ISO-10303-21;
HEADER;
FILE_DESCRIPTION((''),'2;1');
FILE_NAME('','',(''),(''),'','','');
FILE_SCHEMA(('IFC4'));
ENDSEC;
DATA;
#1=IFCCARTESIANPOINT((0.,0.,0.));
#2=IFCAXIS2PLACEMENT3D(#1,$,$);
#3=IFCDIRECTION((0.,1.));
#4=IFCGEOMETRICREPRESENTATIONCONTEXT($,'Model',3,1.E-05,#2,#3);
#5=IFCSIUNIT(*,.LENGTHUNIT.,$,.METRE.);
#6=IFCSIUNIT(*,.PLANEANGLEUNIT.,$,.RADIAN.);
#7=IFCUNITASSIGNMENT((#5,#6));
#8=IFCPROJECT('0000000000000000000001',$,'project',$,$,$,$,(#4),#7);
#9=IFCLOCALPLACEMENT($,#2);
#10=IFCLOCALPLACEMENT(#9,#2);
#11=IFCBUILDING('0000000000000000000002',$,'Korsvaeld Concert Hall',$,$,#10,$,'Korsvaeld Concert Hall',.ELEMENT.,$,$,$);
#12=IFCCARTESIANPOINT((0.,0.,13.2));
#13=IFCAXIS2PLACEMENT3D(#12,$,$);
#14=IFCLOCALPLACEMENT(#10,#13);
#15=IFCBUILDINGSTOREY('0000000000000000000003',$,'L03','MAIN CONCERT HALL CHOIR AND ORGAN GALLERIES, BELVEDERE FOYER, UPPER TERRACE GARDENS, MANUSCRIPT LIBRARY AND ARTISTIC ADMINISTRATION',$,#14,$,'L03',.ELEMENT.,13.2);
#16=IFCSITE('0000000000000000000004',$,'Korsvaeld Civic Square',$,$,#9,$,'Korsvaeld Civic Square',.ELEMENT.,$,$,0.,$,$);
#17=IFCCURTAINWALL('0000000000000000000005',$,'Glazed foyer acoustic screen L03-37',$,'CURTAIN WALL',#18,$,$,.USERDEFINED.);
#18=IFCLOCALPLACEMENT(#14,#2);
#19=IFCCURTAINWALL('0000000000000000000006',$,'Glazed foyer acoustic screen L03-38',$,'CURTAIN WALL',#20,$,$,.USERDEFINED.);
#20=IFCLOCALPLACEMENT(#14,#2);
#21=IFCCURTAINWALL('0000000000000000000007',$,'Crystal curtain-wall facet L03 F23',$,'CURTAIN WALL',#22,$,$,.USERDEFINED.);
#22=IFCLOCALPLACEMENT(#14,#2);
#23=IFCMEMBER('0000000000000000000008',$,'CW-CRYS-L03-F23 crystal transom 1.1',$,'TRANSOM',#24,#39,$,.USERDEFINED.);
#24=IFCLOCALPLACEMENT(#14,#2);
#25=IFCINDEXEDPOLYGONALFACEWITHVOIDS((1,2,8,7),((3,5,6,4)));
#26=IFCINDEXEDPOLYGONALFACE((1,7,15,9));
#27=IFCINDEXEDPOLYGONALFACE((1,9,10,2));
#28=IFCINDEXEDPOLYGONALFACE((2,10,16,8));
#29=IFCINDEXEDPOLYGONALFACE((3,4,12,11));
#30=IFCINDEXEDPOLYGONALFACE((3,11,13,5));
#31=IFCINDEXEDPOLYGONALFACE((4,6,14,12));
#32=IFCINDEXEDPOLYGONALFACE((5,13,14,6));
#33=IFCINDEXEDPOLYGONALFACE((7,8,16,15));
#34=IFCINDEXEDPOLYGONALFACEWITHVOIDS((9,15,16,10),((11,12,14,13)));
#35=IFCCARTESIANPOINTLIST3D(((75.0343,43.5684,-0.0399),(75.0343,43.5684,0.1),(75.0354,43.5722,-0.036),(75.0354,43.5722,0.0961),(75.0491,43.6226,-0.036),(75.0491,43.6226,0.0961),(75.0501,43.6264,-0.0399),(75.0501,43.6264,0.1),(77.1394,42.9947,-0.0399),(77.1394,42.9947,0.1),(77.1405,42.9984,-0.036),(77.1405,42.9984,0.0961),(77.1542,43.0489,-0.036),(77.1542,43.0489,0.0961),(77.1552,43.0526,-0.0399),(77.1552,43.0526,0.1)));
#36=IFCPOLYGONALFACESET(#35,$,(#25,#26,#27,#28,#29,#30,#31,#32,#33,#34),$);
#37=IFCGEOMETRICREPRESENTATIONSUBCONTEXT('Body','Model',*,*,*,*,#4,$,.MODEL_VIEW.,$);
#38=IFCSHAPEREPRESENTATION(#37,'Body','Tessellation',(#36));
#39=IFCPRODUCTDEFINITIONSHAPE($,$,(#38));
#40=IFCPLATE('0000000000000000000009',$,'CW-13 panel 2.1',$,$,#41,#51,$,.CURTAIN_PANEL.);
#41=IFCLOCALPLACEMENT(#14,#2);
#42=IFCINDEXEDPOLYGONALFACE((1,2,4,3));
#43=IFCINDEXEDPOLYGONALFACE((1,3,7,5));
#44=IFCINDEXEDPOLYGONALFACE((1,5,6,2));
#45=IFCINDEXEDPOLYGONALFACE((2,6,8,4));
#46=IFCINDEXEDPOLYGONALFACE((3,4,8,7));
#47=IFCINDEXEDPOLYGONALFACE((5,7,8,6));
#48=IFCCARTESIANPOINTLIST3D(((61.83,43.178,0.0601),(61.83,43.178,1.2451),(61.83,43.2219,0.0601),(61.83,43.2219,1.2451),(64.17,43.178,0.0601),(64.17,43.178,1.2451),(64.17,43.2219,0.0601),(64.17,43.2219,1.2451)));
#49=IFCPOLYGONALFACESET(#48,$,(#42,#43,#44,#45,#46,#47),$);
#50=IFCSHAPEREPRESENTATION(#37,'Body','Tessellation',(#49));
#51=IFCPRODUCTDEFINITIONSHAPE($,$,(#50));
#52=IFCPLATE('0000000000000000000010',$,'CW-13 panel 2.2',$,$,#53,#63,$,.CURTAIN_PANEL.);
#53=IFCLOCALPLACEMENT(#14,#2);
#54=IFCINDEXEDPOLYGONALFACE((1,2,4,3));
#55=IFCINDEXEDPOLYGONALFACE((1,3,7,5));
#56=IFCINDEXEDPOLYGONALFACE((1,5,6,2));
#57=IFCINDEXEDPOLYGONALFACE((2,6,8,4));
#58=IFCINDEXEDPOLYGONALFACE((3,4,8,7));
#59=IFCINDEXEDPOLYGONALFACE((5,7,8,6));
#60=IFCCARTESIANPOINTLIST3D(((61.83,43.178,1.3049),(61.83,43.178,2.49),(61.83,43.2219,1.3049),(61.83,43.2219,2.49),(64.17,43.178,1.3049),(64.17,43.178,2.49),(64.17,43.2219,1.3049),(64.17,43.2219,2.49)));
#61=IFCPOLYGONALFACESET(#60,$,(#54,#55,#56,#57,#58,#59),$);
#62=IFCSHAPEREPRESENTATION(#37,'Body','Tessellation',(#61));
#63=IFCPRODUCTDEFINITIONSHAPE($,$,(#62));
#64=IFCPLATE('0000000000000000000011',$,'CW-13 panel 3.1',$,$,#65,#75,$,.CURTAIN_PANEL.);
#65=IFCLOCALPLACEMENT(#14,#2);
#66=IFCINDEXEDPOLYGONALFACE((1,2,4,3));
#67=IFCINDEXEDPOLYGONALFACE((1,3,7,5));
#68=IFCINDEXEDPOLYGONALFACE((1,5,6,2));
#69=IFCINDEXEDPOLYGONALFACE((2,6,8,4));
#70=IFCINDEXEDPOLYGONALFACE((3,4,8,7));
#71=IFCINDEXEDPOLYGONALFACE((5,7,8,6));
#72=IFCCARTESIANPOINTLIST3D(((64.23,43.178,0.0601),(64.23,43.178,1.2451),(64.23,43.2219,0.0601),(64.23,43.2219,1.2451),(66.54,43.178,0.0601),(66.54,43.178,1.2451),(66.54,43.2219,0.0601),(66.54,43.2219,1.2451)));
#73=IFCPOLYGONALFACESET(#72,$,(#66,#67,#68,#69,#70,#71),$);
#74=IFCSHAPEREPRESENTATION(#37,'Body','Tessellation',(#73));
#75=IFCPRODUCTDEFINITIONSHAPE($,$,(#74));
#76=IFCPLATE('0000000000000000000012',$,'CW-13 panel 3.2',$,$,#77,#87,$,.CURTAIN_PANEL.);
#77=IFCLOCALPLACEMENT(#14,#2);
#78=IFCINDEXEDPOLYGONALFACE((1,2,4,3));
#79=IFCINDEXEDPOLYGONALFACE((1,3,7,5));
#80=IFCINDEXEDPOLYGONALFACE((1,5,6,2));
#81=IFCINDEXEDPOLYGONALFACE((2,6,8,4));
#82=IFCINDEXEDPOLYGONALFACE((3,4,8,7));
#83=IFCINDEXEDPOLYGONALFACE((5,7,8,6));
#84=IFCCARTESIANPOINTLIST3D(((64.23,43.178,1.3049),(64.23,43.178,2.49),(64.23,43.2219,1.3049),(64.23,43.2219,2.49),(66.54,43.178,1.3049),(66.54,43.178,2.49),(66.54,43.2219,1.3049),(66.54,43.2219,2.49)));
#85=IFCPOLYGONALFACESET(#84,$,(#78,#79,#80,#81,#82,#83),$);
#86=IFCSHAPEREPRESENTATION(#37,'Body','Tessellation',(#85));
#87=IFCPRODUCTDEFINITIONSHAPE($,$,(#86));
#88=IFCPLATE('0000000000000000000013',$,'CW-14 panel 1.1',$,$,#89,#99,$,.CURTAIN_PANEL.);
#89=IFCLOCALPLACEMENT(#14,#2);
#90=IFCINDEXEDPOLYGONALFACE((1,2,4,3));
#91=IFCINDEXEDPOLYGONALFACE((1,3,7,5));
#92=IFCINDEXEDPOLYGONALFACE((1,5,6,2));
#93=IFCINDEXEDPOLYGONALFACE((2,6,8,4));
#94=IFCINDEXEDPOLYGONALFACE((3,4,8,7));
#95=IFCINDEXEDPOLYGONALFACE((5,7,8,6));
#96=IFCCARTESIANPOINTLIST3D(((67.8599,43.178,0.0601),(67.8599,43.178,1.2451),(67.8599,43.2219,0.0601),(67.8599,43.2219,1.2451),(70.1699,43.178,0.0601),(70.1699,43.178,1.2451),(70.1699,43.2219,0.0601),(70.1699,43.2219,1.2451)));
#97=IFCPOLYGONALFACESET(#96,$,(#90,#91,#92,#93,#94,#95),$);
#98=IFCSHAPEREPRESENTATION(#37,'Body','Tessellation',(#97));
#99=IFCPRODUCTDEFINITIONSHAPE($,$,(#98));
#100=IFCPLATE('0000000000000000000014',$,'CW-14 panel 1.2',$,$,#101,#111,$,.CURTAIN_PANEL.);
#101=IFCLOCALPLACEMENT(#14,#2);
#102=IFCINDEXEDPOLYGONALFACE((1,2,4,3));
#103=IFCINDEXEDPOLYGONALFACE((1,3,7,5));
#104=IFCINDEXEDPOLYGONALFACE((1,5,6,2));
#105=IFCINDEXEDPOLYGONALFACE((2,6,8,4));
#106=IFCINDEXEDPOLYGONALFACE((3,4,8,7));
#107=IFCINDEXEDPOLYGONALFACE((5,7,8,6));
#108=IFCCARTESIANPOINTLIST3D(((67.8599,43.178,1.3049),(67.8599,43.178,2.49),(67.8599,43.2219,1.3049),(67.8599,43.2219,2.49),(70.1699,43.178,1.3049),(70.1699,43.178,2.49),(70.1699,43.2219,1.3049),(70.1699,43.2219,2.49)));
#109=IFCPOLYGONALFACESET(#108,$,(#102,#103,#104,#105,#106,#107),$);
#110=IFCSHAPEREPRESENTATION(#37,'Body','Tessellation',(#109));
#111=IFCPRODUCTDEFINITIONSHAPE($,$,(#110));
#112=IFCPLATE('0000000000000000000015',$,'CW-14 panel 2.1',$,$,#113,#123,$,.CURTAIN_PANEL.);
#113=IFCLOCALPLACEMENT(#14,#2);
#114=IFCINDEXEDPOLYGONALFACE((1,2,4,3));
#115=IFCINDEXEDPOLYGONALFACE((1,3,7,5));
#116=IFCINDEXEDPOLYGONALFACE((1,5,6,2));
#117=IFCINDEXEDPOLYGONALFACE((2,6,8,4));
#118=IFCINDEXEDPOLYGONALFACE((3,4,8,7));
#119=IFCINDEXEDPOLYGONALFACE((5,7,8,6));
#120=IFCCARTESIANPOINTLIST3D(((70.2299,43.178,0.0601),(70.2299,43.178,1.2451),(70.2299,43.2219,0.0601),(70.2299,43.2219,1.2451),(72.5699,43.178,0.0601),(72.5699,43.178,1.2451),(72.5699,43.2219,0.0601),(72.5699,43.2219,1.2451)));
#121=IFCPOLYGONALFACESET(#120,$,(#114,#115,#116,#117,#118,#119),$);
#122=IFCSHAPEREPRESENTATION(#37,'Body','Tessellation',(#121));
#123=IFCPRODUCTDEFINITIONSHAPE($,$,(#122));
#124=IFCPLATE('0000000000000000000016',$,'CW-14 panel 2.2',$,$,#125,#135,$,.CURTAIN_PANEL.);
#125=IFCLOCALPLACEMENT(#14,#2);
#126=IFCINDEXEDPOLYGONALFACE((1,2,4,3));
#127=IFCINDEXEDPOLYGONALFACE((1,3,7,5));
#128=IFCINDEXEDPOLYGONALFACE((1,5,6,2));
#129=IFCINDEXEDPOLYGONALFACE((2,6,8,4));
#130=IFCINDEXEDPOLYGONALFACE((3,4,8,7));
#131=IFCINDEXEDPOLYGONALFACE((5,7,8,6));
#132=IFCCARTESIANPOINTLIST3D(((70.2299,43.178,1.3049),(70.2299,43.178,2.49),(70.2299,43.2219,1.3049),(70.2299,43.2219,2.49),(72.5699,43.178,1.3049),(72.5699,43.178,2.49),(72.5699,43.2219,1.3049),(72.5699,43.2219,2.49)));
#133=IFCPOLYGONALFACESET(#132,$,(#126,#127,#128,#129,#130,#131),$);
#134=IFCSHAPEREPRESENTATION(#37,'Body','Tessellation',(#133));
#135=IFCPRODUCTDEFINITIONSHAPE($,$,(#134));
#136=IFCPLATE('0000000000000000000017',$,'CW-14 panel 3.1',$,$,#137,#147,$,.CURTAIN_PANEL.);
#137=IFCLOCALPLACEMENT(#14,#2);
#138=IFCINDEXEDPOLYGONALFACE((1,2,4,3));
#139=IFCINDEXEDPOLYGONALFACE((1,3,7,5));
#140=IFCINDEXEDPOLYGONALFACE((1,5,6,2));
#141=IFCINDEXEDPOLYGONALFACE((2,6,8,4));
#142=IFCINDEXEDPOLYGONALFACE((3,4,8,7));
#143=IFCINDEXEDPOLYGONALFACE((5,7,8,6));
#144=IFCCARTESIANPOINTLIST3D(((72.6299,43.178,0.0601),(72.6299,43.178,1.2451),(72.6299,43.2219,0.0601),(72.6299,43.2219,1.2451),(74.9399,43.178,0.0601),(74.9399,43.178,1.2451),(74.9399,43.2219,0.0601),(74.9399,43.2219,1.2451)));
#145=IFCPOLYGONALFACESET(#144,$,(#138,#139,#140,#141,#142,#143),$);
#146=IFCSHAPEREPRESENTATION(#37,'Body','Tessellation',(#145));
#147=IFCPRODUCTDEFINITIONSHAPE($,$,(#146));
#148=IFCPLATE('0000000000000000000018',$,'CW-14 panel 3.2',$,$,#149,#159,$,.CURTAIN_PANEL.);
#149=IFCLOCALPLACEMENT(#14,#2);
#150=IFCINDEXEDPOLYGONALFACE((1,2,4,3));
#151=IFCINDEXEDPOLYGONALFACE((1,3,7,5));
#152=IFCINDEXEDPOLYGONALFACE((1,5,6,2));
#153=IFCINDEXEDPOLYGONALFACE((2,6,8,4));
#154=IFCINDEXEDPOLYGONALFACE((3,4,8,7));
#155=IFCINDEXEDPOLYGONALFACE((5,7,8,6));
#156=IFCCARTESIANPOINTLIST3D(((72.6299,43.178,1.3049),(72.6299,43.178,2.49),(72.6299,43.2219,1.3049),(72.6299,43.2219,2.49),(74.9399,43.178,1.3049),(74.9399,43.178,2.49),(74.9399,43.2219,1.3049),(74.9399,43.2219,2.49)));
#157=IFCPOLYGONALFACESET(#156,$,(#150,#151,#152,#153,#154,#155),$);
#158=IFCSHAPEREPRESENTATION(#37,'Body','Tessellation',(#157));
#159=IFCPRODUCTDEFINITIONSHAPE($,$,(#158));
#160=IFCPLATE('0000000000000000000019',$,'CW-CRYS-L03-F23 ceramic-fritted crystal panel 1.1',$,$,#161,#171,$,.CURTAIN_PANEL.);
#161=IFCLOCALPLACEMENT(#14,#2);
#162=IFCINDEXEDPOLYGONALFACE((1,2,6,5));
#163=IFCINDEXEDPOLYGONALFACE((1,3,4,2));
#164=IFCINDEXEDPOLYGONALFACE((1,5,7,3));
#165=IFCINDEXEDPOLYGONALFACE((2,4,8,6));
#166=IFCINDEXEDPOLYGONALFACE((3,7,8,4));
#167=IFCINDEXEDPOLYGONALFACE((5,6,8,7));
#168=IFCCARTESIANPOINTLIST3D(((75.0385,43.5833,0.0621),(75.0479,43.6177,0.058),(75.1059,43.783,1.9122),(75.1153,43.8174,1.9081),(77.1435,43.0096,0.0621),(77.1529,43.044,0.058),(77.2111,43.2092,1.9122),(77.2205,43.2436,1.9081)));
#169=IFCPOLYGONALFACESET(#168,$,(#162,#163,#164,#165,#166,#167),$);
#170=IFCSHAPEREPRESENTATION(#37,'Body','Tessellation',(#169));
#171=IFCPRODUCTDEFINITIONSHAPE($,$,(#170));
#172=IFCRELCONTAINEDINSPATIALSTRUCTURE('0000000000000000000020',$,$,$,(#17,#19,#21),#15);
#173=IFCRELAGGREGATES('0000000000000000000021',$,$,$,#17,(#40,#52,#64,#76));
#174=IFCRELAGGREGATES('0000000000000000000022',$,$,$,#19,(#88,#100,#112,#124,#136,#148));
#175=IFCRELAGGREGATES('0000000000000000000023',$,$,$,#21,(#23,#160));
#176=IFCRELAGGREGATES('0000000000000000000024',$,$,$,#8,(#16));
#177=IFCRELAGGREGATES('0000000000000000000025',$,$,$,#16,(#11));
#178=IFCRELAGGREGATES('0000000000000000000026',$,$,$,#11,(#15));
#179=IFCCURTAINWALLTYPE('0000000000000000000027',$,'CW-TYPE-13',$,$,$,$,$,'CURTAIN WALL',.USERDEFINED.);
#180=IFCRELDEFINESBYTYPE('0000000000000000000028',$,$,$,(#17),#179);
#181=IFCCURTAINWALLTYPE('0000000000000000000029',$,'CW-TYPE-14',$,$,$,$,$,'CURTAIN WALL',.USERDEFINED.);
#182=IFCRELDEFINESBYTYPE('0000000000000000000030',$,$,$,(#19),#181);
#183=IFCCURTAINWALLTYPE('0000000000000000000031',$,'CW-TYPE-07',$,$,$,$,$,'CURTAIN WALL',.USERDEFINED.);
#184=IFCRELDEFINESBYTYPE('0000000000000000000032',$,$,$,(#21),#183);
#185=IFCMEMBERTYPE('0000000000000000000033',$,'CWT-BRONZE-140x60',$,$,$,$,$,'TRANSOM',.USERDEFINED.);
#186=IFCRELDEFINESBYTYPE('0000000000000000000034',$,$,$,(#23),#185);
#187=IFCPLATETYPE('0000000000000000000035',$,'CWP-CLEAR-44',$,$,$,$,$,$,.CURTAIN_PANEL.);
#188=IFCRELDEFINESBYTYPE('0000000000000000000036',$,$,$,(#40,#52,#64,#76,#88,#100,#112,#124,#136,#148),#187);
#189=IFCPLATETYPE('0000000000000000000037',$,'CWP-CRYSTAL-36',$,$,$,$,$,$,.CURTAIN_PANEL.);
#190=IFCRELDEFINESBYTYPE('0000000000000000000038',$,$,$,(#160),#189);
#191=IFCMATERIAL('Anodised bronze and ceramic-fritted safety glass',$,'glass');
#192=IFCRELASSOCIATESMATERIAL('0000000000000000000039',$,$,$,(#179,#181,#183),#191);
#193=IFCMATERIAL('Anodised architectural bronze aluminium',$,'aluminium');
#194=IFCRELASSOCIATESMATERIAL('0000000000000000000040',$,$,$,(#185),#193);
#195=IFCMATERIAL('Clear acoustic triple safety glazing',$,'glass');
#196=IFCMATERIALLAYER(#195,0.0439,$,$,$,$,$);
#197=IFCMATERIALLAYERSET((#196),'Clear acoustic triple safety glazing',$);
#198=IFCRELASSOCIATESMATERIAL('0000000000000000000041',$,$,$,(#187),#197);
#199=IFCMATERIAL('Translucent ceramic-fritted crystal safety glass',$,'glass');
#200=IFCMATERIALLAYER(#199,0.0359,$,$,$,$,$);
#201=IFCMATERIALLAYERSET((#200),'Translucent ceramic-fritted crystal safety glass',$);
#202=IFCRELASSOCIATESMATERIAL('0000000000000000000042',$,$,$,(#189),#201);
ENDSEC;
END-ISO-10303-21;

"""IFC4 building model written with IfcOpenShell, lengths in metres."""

from ifc_helpers import new_model, si_unit, direction, frame, origin, origin_2d, place, context, subcontext, project, spatial, polyline, rectangle, hollow_rectangle, outline, extrude, material, layer, layer_set, material_profile, profile_set, type_object, element, aggregate, save


model = new_model("IFC4")

# Units and contexts
model_context = context("Model", 3, precision=1e-05, world=origin(), true_north=direction((0.0, 1.0)))
body_context = subcontext(model_context, "Body", "Model", "MODEL_VIEW")
ifc_project = project(units=[si_unit("LENGTHUNIT", "METRE"), si_unit("PLANEANGLEUNIT", "RADIAN")], contexts=[model_context])

# Site, building, storey
site_placement = place(None, origin())
site = spatial("IfcSite", under=ifc_project, at=site_placement, Name="Korsvaeld Civic Square", LongName="Korsvaeld Civic Square", CompositionType="ELEMENT", RefElevation=0.0)
building_placement = place(site_placement, origin())
building = spatial("IfcBuilding", under=site, at=building_placement, Name="Korsvaeld Concert Hall", LongName="Korsvaeld Concert Hall", CompositionType="ELEMENT")
storey_placement = place(building_placement, frame((0.0, 0.0, 13.2)))
storey = spatial("IfcBuildingStorey", under=building, at=storey_placement, Name="L03", Description="MAIN CONCERT HALL CHOIR AND ORGAN GALLERIES, BELVEDERE FOYER, UPPER TERRACE GARDENS, MANUSCRIPT LIBRARY AND ARTISTIC ADMINISTRATION", LongName="L03", CompositionType="ELEMENT", Elevation=13.2)

# Curtain walls
ifc_material_1 = material(Name="Anodised bronze and ceramic-fritted safety glass", Category="glass")
curtain_wall_type_1 = type_object("IfcCurtainWallType", Name="CW-TYPE-13", ElementType="CURTAIN WALL", PredefinedType="USERDEFINED", material=ifc_material_1)
curtain_wall_1_placement = place(storey_placement, origin())
curtain_wall_1 = element("IfcCurtainWall", 1, at=curtain_wall_1_placement, inside=storey, type_object=curtain_wall_type_1, Name="Glazed foyer acoustic screen L03-37", ObjectType="CURTAIN WALL", PredefinedType="USERDEFINED")
ifc_material_2 = material(Name="Anodised architectural bronze aluminium", Category="aluminium")
curtain_wall_type_2 = type_object("IfcCurtainWallType", Name="CW-TYPE-14", ElementType="CURTAIN WALL", PredefinedType="USERDEFINED", material=ifc_material_1)
curtain_wall_2_placement = place(storey_placement, origin())
curtain_wall_2 = element("IfcCurtainWall", 2, at=curtain_wall_2_placement, inside=storey, type_object=curtain_wall_type_2, Name="Glazed foyer acoustic screen L03-38", ObjectType="CURTAIN WALL", PredefinedType="USERDEFINED")

# Curtain wall, member
curtain_wall_type_3 = type_object("IfcCurtainWallType", Name="CW-TYPE-07", ElementType="CURTAIN WALL", PredefinedType="USERDEFINED", material=ifc_material_1)
curtain_wall_3_placement = place(storey_placement, origin())
curtain_wall_3 = element("IfcCurtainWall", 3, at=curtain_wall_3_placement, inside=storey, type_object=curtain_wall_type_3, Name="Crystal curtain-wall facet L03 F23", ObjectType="CURTAIN WALL", PredefinedType="USERDEFINED")
ifc_material_profile_1 = material_profile(ifc_material_2, hollow_rectangle(XDim=0.0601, YDim=0.1399, WallThickness=0.0039, at=origin_2d()), Name="CWT 140x60x4")
ifc_profile_set_1 = profile_set([ifc_material_profile_1], Name="Anodised architectural bronze aluminium")
member_type_1 = type_object("IfcMemberType", Name="CWT-BRONZE-140x60", ElementType="TRANSOM", PredefinedType="USERDEFINED", material=ifc_profile_set_1)
member_1_placement = place(storey_placement, frame((75.0422, 43.5974, 0.03), z_axis=(0.964805, -0.262966, 0.0), x_axis=(0.262966, 0.964805, 0.0)))
member_1 = element("IfcMember", 4, at=member_1_placement, type_object=member_type_1, Name="CW-CRYS-L03-F23 crystal transom 1.1", ObjectType="TRANSOM", PredefinedType="USERDEFINED", context=body_context, shape_type="SweptSolid", body=[
    extrude(hollow_rectangle(XDim=0.0601, YDim=0.1399, WallThickness=0.0039, at=origin_2d()), origin(), (0.0, 0.0, 1.0), 2.1819),
])

# Plates
ifc_material_3 = material(Name="Clear acoustic triple safety glazing", Category="glass")
ifc_layer_1 = layer(ifc_material_3, 0.0439)
ifc_layer_set_1 = layer_set([ifc_layer_1], Name="Clear acoustic triple safety glazing")
plate_type_1 = type_object("IfcPlateType", Name="CWP-CLEAR-44", PredefinedType="CURTAIN_PANEL", material=ifc_layer_set_1)
plate_1_placement = place(storey_placement, frame((63.0, 43.2, 0.0601), z_axis=(0.0, 0.0, 1.0), x_axis=(1.0, 0.0, 0.0)))
plate_1 = element("IfcPlate", 5, at=plate_1_placement, type_object=plate_type_1, Name="CW-13 panel 2.1", PredefinedType="CURTAIN_PANEL", context=body_context, shape_type="SweptSolid", body=[
    extrude(rectangle(XDim=2.3401, YDim=0.0439, at=origin_2d()), origin(), (0.0, 0.0, 1.0), 1.1851),
])
plate_2_placement = place(storey_placement, frame((63.0, 43.2, 1.3049), z_axis=(0.0, 0.0, 1.0), x_axis=(1.0, 0.0, 0.0)))
plate_2 = element("IfcPlate", 6, at=plate_2_placement, type_object=plate_type_1, Name="CW-13 panel 2.2", PredefinedType="CURTAIN_PANEL", context=body_context, shape_type="SweptSolid", body=[
    extrude(rectangle(XDim=2.3401, YDim=0.0439, at=origin_2d()), origin(), (0.0, 0.0, 1.0), 1.1851),
])
plate_3_placement = place(storey_placement, frame((65.385, 43.2, 0.0601), z_axis=(0.0, 0.0, 1.0), x_axis=(1.0, 0.0, 0.0)))
plate_3 = element("IfcPlate", 7, at=plate_3_placement, type_object=plate_type_1, Name="CW-13 panel 3.1", PredefinedType="CURTAIN_PANEL", context=body_context, shape_type="SweptSolid", body=[
    extrude(rectangle(XDim=2.3101, YDim=0.0439, at=origin_2d()), origin(), (0.0, 0.0, 1.0), 1.1851),
])
plate_4_placement = place(storey_placement, frame((65.385, 43.2, 1.3049), z_axis=(0.0, 0.0, 1.0), x_axis=(1.0, 0.0, 0.0)))
plate_4 = element("IfcPlate", 8, at=plate_4_placement, type_object=plate_type_1, Name="CW-13 panel 3.2", PredefinedType="CURTAIN_PANEL", context=body_context, shape_type="SweptSolid", body=[
    extrude(rectangle(XDim=2.3101, YDim=0.0439, at=origin_2d()), origin(), (0.0, 0.0, 1.0), 1.1851),
])
aggregate(curtain_wall_1, [plate_1, plate_2, plate_3, plate_4])
plate_5_placement = place(storey_placement, frame((69.0149, 43.2, 0.0601), z_axis=(0.0, 0.0, 1.0), x_axis=(1.0, 0.0, 0.0)))
plate_5 = element("IfcPlate", 9, at=plate_5_placement, type_object=plate_type_1, Name="CW-14 panel 1.1", PredefinedType="CURTAIN_PANEL", context=body_context, shape_type="SweptSolid", body=[
    extrude(rectangle(XDim=2.3101, YDim=0.0439, at=origin_2d()), origin(), (0.0, 0.0, 1.0), 1.1851),
])
plate_6_placement = place(storey_placement, frame((69.0149, 43.2, 1.3049), z_axis=(0.0, 0.0, 1.0), x_axis=(1.0, 0.0, 0.0)))
plate_6 = element("IfcPlate", 10, at=plate_6_placement, type_object=plate_type_1, Name="CW-14 panel 1.2", PredefinedType="CURTAIN_PANEL", context=body_context, shape_type="SweptSolid", body=[
    extrude(rectangle(XDim=2.3101, YDim=0.0439, at=origin_2d()), origin(), (0.0, 0.0, 1.0), 1.1851),
])
plate_7_placement = place(storey_placement, frame((71.3999, 43.2, 0.0601), z_axis=(0.0, 0.0, 1.0), x_axis=(1.0, 0.0, 0.0)))
plate_7 = element("IfcPlate", 11, at=plate_7_placement, type_object=plate_type_1, Name="CW-14 panel 2.1", PredefinedType="CURTAIN_PANEL", context=body_context, shape_type="SweptSolid", body=[
    extrude(rectangle(XDim=2.3401, YDim=0.0439, at=origin_2d()), origin(), (0.0, 0.0, 1.0), 1.1851),
])
plate_8_placement = place(storey_placement, frame((71.3999, 43.2, 1.3049), z_axis=(0.0, 0.0, 1.0), x_axis=(1.0, 0.0, 0.0)))
plate_8 = element("IfcPlate", 12, at=plate_8_placement, type_object=plate_type_1, Name="CW-14 panel 2.2", PredefinedType="CURTAIN_PANEL", context=body_context, shape_type="SweptSolid", body=[
    extrude(rectangle(XDim=2.3401, YDim=0.0439, at=origin_2d()), origin(), (0.0, 0.0, 1.0), 1.1851),
])
plate_9_placement = place(storey_placement, frame((73.7849, 43.2, 0.0601), z_axis=(0.0, 0.0, 1.0), x_axis=(1.0, 0.0, 0.0)))
plate_9 = element("IfcPlate", 13, at=plate_9_placement, type_object=plate_type_1, Name="CW-14 panel 3.1", PredefinedType="CURTAIN_PANEL", context=body_context, shape_type="SweptSolid", body=[
    extrude(rectangle(XDim=2.3101, YDim=0.0439, at=origin_2d()), origin(), (0.0, 0.0, 1.0), 1.1851),
])
plate_10_placement = place(storey_placement, frame((73.7849, 43.2, 1.3049), z_axis=(0.0, 0.0, 1.0), x_axis=(1.0, 0.0, 0.0)))
plate_10 = element("IfcPlate", 14, at=plate_10_placement, type_object=plate_type_1, Name="CW-14 panel 3.2", PredefinedType="CURTAIN_PANEL", context=body_context, shape_type="SweptSolid", body=[
    extrude(rectangle(XDim=2.3101, YDim=0.0439, at=origin_2d()), origin(), (0.0, 0.0, 1.0), 1.1851),
])
aggregate(curtain_wall_2, [plate_5, plate_6, plate_7, plate_8, plate_9, plate_10])
ifc_material_4 = material(Name="Translucent ceramic-fritted crystal safety glass", Category="glass")
ifc_layer_2 = layer(ifc_material_4, 0.0359)
ifc_layer_set_2 = layer_set([ifc_layer_2], Name="Translucent ceramic-fritted crystal safety glass")
plate_type_2 = type_object("IfcPlateType", Name="CWP-CRYSTAL-36", PredefinedType="CURTAIN_PANEL", material=ifc_layer_set_2)
plate_11_placement = place(storey_placement, frame((75.0432, 43.6006, 0.0601), z_axis=(-0.261267, -0.958628, 0.113011), x_axis=(0.964809, -0.262952, -0.000002)))
plate_11 = element("IfcPlate", 15, at=plate_11_placement, type_object=plate_type_2, Name="CW-CRYS-L03-F23 ceramic-fritted crystal panel 1.1", PredefinedType="CURTAIN_PANEL", context=body_context, shape_type="SweptSolid", body=[
    extrude(outline(polyline([(0.0, 0.0), (2.1818, 0.0), (2.1945, 1.862), (0.0125, 1.862), (0.0, 0.0)])), frame((0.0, 0.0, 0.0181)), (0.0, 0.0, -1.0), 0.0359),
])
aggregate(curtain_wall_3, [member_1, plate_11])

save(model, "model.ifc")
